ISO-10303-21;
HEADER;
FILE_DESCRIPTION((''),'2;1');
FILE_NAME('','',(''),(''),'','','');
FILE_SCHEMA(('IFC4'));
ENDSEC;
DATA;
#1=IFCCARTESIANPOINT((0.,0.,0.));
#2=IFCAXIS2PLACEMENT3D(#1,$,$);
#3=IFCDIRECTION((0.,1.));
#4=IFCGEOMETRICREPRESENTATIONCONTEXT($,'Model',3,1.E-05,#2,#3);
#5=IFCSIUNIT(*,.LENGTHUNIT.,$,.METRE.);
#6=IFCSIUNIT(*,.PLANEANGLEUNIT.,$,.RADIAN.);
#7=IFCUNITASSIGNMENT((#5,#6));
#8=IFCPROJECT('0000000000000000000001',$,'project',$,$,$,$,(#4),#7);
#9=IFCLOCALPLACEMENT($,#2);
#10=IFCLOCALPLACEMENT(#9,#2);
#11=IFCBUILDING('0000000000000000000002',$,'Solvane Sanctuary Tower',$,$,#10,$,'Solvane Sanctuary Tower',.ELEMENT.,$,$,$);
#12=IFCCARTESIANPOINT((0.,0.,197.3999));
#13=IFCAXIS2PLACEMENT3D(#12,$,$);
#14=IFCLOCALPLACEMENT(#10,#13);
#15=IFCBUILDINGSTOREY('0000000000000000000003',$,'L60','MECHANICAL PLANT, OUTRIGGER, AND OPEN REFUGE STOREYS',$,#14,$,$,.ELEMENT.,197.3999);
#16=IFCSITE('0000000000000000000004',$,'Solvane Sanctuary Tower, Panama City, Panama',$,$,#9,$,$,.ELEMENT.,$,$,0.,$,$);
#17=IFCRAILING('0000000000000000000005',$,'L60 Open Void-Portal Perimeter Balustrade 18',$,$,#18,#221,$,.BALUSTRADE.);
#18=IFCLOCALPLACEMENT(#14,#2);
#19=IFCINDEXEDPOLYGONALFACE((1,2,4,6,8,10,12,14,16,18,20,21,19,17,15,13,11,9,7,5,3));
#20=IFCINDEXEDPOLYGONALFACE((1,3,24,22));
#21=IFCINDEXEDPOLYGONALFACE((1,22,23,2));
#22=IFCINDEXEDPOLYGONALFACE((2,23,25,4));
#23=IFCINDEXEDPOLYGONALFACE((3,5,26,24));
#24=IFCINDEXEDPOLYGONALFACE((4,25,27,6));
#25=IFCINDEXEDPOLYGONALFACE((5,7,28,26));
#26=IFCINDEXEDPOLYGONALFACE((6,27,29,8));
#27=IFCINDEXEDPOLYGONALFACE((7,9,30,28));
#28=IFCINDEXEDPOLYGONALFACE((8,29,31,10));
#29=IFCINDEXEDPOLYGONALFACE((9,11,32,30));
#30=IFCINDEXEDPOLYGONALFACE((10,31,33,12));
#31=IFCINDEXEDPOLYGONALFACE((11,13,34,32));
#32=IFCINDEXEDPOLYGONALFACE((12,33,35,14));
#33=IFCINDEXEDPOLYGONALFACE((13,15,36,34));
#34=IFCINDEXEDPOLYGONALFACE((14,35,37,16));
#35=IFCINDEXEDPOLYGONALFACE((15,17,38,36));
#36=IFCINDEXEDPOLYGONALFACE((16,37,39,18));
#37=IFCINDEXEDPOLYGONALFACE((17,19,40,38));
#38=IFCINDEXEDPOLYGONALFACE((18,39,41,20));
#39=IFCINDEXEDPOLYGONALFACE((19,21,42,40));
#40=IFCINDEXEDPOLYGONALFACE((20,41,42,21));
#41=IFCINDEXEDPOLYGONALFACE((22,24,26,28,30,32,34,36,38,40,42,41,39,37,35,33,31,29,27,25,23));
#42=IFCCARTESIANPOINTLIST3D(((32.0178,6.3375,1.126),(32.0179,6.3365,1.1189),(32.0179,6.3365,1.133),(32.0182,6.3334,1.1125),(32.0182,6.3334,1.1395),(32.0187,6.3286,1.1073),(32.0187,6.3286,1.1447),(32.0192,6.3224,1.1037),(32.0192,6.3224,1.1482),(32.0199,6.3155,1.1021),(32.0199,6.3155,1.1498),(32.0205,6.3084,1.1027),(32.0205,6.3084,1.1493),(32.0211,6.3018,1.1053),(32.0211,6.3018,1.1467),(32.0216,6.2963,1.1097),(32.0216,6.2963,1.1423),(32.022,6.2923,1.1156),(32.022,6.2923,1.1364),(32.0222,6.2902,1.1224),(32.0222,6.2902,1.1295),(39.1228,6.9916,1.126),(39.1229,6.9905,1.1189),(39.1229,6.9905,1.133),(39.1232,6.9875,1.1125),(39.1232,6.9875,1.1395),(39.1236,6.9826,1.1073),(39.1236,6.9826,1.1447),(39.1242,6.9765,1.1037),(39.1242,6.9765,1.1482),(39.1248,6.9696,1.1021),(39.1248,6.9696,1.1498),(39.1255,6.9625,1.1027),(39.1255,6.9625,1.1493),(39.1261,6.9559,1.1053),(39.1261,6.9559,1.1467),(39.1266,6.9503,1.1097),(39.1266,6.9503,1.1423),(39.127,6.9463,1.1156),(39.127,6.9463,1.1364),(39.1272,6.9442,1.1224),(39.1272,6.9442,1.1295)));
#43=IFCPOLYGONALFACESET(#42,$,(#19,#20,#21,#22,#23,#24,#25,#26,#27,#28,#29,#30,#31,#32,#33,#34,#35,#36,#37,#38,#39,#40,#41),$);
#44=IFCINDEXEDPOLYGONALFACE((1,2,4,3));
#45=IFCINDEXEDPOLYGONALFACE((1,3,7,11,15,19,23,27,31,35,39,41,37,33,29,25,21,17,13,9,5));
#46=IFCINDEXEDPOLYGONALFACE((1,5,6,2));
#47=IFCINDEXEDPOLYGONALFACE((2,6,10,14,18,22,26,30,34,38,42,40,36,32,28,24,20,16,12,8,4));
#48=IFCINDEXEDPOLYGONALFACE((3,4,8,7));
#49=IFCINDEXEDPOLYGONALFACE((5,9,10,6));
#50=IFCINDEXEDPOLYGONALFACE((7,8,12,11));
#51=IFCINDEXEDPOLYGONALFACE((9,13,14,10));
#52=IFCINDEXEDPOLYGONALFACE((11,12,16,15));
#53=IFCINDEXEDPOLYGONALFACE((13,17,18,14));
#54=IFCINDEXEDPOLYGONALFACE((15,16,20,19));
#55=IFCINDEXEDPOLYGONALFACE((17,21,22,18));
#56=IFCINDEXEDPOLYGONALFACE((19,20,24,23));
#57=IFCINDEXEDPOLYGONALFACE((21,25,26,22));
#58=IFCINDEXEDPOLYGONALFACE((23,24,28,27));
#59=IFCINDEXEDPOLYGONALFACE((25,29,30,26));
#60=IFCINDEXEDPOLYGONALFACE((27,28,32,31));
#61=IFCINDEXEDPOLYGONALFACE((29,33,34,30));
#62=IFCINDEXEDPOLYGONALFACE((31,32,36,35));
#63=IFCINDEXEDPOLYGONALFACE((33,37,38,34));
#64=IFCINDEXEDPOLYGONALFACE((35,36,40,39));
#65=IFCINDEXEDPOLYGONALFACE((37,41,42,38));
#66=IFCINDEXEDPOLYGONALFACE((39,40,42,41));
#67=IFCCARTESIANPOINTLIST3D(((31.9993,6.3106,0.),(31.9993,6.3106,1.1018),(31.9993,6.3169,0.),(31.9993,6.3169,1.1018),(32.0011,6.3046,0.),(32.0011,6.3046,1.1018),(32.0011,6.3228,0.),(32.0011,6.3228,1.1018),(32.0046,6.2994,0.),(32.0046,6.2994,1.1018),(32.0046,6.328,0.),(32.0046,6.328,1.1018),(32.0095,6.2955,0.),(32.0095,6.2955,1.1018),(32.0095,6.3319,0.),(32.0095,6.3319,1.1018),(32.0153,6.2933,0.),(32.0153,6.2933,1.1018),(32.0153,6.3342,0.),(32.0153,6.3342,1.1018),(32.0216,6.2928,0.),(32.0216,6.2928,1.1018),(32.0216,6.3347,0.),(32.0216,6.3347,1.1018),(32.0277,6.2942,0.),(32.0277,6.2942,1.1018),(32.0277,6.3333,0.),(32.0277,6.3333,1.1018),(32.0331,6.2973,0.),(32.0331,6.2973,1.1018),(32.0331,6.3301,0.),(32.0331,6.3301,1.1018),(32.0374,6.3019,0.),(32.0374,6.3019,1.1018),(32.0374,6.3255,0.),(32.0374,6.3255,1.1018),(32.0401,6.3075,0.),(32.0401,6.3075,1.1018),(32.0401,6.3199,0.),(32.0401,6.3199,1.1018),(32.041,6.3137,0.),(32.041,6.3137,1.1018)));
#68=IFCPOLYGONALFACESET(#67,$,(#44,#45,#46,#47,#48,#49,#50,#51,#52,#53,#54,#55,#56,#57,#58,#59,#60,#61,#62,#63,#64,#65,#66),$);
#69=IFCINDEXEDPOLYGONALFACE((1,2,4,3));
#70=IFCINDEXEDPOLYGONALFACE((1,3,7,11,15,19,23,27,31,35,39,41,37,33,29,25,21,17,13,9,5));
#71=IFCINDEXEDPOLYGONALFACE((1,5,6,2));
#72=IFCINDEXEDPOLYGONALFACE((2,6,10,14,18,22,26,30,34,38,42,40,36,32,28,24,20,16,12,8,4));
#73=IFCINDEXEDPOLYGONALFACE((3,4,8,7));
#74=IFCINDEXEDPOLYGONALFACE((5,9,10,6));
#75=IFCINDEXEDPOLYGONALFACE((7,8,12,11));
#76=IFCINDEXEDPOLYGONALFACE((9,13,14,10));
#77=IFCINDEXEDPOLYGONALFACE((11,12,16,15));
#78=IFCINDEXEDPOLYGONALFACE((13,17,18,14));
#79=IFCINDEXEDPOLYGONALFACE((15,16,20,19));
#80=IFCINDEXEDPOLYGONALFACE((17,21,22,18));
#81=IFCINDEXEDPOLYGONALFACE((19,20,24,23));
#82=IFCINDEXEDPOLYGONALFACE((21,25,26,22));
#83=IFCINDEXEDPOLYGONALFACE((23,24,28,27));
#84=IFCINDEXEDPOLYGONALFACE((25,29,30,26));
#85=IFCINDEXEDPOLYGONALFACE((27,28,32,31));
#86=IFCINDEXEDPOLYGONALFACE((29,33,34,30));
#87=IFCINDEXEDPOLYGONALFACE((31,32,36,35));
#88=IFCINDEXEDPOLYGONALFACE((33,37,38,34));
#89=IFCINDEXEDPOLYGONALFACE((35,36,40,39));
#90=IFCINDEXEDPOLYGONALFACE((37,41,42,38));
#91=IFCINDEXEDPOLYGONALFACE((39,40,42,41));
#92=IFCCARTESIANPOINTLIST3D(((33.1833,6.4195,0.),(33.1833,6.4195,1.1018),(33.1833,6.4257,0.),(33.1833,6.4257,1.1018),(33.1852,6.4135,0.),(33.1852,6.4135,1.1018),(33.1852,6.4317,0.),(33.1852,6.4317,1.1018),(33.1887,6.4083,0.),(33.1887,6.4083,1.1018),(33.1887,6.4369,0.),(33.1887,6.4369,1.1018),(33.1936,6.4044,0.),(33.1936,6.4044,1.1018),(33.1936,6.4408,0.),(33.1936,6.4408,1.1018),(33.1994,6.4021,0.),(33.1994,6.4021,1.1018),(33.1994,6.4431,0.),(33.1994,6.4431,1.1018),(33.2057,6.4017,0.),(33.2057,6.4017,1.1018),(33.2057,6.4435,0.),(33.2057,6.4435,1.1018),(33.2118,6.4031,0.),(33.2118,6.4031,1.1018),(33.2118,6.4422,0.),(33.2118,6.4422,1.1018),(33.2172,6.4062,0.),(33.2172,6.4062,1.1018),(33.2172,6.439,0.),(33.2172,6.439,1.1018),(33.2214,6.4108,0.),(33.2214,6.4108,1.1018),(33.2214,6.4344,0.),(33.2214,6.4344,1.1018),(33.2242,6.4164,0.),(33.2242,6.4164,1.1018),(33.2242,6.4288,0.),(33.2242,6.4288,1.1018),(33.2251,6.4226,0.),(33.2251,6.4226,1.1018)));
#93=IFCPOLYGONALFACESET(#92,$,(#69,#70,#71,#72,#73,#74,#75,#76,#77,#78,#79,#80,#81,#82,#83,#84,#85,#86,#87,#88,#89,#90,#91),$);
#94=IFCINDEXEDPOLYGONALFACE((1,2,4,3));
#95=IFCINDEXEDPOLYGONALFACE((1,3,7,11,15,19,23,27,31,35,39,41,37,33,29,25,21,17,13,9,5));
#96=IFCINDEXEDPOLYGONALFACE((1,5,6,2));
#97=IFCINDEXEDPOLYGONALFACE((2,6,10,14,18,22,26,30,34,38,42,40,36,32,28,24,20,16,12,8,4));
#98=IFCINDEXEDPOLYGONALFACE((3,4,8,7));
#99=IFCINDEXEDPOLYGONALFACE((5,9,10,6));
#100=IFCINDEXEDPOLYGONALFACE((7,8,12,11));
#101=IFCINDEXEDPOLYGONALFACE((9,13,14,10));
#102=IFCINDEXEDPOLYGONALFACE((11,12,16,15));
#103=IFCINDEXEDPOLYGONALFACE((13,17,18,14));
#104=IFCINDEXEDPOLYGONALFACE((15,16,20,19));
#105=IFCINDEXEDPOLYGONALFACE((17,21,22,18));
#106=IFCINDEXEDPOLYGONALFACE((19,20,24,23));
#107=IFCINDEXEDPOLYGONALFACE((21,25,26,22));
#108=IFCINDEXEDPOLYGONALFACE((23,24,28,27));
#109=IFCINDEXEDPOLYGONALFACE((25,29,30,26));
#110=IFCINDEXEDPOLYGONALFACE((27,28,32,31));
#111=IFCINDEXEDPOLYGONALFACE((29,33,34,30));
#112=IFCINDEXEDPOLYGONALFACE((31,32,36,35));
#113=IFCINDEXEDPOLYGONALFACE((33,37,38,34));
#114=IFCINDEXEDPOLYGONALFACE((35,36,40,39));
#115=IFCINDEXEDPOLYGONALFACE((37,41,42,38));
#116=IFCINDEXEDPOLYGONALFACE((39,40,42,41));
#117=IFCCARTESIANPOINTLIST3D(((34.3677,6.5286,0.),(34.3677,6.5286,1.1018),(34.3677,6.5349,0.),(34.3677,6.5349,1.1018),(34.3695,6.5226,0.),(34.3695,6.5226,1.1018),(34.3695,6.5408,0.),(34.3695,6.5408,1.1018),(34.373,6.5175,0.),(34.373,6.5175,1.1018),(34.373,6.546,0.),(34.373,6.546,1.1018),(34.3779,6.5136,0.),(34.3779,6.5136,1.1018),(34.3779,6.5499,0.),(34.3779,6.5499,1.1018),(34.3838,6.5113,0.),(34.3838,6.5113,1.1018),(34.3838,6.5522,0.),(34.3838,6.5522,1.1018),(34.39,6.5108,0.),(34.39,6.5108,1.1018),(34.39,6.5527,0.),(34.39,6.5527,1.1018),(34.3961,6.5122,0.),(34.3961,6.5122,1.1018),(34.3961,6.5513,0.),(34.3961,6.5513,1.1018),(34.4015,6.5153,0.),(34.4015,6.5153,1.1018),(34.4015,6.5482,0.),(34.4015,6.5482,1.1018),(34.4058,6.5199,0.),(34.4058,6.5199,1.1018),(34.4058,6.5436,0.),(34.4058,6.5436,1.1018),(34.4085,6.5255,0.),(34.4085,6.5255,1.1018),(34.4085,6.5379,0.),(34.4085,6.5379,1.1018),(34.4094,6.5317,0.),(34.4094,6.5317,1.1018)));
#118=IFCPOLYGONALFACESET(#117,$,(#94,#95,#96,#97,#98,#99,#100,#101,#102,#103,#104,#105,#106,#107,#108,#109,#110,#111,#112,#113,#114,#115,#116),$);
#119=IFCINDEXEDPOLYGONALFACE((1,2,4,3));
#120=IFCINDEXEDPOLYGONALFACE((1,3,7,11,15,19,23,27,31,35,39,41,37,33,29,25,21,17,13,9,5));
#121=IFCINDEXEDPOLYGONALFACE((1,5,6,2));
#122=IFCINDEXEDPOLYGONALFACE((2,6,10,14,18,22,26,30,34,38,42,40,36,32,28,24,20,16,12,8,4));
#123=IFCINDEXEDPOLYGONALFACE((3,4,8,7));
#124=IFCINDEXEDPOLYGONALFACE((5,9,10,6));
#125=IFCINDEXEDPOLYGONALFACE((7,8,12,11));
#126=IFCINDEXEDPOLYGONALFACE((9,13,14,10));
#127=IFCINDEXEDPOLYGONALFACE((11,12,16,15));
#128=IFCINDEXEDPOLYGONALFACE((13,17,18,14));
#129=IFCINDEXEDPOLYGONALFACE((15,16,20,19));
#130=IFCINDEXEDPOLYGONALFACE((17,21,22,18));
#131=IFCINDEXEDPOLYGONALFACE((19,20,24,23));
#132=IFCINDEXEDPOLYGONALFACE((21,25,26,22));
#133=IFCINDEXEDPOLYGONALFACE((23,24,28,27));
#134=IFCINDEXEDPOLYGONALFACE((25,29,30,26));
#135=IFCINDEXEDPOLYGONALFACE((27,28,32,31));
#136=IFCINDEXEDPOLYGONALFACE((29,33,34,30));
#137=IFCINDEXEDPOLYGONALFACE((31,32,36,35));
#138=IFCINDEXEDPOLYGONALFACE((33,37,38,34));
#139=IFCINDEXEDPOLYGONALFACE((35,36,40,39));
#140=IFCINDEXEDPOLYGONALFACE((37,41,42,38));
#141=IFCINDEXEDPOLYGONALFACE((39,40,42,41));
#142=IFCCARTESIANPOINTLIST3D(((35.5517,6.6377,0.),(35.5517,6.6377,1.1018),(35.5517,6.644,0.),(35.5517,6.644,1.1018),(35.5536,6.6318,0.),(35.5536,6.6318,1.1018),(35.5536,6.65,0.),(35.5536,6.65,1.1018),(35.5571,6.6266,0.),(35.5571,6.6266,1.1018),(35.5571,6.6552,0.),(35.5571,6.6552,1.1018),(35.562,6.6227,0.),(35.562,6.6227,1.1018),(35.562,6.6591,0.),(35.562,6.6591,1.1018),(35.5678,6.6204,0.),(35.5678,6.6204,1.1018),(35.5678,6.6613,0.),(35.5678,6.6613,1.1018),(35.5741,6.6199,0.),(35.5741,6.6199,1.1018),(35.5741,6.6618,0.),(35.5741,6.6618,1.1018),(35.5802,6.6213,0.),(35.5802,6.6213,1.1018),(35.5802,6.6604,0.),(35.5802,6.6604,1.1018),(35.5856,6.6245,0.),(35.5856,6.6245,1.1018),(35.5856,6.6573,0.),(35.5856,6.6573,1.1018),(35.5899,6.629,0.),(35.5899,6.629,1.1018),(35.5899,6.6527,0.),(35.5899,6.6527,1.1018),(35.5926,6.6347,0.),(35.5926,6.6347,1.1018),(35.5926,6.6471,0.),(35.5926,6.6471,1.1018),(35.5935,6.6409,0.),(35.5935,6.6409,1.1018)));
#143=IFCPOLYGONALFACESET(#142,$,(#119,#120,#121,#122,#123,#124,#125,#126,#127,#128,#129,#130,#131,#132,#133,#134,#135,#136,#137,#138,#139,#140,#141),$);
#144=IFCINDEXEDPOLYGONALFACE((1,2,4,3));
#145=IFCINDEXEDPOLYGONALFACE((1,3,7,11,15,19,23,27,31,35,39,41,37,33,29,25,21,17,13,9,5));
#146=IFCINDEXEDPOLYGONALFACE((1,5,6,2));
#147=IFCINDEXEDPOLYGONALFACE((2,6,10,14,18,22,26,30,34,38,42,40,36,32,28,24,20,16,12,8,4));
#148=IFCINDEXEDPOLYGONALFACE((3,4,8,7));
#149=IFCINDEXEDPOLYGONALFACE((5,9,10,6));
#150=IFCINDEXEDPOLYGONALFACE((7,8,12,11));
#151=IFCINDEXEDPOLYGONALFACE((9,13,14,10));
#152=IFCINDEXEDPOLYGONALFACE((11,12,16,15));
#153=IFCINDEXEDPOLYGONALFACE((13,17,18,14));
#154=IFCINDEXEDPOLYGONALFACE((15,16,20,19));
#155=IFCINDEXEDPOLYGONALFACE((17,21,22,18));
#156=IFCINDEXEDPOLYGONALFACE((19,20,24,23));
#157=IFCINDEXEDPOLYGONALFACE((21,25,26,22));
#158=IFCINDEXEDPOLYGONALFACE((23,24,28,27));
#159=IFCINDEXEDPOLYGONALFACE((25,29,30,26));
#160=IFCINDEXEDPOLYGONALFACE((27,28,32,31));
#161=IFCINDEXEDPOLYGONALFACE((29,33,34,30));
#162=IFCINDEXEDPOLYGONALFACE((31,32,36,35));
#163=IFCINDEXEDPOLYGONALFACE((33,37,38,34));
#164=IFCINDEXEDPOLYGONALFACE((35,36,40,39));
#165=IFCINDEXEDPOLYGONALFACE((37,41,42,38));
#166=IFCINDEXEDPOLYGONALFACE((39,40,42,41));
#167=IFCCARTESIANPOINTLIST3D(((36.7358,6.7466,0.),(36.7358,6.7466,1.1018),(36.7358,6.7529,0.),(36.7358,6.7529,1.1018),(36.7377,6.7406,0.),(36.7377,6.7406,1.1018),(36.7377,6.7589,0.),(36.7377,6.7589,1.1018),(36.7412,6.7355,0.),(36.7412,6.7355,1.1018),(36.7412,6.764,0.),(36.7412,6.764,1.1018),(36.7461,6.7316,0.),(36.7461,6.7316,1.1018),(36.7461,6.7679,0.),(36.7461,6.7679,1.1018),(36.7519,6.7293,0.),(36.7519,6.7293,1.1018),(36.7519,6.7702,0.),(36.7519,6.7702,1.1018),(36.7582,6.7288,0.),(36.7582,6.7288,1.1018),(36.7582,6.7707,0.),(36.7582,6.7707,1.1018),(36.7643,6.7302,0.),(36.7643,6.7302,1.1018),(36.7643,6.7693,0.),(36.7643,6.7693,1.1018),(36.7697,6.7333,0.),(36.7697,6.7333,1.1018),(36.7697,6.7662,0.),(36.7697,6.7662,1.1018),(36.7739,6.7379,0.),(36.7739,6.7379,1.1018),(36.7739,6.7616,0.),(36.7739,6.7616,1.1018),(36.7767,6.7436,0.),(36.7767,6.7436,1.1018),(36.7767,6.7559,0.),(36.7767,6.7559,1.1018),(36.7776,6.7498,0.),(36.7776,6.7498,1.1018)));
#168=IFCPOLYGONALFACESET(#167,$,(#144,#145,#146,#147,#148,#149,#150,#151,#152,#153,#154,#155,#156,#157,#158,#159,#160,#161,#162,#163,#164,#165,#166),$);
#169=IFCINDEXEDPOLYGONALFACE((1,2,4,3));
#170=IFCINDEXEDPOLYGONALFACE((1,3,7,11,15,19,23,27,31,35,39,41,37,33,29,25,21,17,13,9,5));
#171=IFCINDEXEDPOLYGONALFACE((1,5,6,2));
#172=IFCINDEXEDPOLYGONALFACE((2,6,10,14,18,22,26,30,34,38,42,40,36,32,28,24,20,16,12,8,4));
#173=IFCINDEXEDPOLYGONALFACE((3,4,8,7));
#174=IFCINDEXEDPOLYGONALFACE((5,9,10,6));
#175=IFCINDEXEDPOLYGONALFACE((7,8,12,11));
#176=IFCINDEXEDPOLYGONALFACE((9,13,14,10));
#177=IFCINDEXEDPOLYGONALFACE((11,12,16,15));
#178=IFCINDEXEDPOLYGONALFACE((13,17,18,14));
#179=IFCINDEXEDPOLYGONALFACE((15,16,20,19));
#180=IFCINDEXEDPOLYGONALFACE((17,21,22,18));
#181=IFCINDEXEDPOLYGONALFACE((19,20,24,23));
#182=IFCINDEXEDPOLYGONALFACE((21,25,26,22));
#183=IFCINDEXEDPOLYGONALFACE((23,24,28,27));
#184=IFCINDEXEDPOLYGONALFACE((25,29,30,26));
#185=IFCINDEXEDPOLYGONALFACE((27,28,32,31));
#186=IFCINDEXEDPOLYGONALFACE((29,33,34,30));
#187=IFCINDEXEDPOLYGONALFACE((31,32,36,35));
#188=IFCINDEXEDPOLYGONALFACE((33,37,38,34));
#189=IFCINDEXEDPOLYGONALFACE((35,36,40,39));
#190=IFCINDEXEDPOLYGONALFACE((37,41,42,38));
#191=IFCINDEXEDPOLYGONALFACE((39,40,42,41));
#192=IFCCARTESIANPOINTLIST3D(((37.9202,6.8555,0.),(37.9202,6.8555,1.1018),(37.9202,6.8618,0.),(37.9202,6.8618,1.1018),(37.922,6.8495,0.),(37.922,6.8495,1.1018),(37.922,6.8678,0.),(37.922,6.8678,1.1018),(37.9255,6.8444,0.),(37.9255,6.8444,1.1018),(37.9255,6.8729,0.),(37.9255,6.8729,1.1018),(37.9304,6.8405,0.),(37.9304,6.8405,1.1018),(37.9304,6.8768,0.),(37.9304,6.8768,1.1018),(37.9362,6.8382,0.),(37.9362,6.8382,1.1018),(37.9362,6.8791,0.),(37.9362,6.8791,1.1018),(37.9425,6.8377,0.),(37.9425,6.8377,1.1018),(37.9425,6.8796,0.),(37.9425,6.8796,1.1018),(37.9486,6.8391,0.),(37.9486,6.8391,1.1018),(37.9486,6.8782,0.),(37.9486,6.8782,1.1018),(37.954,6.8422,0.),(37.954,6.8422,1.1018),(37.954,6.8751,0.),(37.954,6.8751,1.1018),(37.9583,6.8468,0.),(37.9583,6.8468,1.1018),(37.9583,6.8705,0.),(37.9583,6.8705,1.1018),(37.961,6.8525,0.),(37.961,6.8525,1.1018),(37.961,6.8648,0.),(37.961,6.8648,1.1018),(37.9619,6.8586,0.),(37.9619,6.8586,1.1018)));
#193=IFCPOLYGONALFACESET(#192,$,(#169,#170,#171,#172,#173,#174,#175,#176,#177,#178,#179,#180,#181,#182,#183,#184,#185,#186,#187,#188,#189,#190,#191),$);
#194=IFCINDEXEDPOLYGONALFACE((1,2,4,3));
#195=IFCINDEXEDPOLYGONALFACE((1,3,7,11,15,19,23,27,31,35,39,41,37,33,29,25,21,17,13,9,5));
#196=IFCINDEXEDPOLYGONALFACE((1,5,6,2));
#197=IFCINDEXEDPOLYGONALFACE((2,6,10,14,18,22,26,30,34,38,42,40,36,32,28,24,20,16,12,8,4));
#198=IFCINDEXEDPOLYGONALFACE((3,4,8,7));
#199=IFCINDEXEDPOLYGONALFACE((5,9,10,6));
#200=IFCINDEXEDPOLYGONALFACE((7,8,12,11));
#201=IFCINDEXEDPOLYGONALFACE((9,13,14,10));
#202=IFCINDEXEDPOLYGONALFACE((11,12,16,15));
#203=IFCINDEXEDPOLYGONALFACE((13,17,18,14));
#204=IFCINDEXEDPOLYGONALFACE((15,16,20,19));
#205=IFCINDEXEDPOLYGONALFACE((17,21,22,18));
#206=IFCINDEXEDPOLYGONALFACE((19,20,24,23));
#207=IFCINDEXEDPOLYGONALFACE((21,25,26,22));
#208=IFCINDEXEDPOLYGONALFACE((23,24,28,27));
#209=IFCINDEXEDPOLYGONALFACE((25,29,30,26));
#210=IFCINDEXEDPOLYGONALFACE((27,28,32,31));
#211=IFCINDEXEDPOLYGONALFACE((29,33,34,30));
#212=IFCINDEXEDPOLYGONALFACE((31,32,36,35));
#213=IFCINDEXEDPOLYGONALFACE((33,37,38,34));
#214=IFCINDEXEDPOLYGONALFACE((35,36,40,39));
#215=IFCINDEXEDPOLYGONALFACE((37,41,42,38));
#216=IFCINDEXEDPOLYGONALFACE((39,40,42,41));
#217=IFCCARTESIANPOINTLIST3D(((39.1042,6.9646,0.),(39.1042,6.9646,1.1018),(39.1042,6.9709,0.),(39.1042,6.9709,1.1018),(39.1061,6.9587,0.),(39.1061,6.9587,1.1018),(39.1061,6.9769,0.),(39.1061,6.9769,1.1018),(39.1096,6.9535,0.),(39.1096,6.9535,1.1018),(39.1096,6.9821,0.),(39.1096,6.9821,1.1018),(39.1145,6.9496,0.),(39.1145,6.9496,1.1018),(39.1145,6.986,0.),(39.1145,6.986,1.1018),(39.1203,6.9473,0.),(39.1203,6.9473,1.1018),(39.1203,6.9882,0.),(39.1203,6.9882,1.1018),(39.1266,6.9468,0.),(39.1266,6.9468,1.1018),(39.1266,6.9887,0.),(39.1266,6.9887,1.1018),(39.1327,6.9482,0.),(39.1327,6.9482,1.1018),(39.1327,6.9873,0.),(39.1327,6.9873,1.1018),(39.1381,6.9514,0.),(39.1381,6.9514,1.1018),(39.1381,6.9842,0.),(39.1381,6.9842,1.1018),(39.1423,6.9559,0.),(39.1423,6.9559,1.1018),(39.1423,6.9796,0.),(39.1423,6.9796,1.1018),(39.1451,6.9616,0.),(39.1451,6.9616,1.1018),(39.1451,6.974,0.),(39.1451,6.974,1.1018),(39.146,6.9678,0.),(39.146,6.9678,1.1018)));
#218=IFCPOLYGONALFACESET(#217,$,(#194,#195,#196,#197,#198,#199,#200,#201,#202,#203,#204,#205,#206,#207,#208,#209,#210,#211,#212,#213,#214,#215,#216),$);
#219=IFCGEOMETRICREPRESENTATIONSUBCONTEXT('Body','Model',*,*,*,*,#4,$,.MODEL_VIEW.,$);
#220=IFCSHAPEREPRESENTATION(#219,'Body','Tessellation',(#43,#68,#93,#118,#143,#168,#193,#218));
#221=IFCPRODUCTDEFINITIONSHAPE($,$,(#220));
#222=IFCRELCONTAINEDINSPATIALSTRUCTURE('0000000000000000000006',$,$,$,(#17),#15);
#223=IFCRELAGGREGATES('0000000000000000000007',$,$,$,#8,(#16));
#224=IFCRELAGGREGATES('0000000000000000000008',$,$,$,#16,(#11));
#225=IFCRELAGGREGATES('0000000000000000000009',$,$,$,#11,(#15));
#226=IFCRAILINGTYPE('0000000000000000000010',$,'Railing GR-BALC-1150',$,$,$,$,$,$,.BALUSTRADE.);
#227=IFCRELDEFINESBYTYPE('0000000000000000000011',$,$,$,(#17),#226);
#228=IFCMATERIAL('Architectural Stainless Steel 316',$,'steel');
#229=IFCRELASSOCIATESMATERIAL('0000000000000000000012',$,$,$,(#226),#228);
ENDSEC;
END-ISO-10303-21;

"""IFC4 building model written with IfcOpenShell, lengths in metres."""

from ifc_helpers import new_model, si_unit, direction, frame, origin, origin_2d, place, context, subcontext, project, spatial, circle, extrude, material, type_object, element, save


model = new_model("IFC4")

# Units and contexts
model_context = context("Model", 3, precision=1e-05, world=origin(), true_north=direction((0.0, 1.0)))
body_context = subcontext(model_context, "Body", "Model", "MODEL_VIEW")
ifc_project = project(units=[si_unit("LENGTHUNIT", "METRE"), si_unit("PLANEANGLEUNIT", "RADIAN")], contexts=[model_context])

# Site, building, storey
site_placement = place(None, origin())
site = spatial("IfcSite", under=ifc_project, at=site_placement, Name="Solvane Sanctuary Tower, Panama City, Panama", CompositionType="ELEMENT", RefElevation=0.0)
building_placement = place(site_placement, origin())
building = spatial("IfcBuilding", under=site, at=building_placement, Name="Solvane Sanctuary Tower", LongName="Solvane Sanctuary Tower", CompositionType="ELEMENT")
storey_placement = place(building_placement, frame((0.0, 0.0, 197.3999)))
storey = spatial("IfcBuildingStorey", under=building, at=storey_placement, Name="L60", Description="MECHANICAL PLANT, OUTRIGGER, AND OPEN REFUGE STOREYS", CompositionType="ELEMENT", Elevation=197.3999)

# Shared definitions
ifc_material_1 = material(Name="Architectural Stainless Steel 316", Category="steel")

# Railing
railing_type_1 = type_object("IfcRailingType", Name="Railing GR-BALC-1150", PredefinedType="BALUSTRADE", material=ifc_material_1)
railing_1_placement = place(storey_placement, frame((32.02, 6.3137, 0.0)))
element("IfcRailing", 1, at=railing_1_placement, inside=storey, type_object=railing_type_1, Name="L60 Open Void-Portal Perimeter Balustrade 18", PredefinedType="BALUSTRADE", context=body_context, shape_type="SweptSolid", body=[
    extrude(circle(Radius=0.0239, at=origin_2d()), frame((0.0, 0.0, 1.126), z_axis=(0.99579, 0.091668, 0.0), x_axis=(-0.091668, 0.99579, 0.0)), (0.0, 0.0, 1.0), 7.135),
    extrude(circle(Radius=0.021, at=origin_2d()), origin(), (0.0, 0.0, 1.0), 1.1018),
    extrude(circle(Radius=0.021, at=origin_2d()), frame((1.1841, 0.1089, 0.0)), (0.0, 0.0, 1.0), 1.1018),
    extrude(circle(Radius=0.021, at=origin_2d()), frame((2.3684, 0.218, 0.0)), (0.0, 0.0, 1.0), 1.1018),
    extrude(circle(Radius=0.021, at=origin_2d()), frame((3.5525, 0.3271, 0.0)), (0.0, 0.0, 1.0), 1.1018),
    extrude(circle(Radius=0.021, at=origin_2d()), frame((4.7366, 0.436, 0.0)), (0.0, 0.0, 1.0), 1.1018),
    extrude(circle(Radius=0.021, at=origin_2d()), frame((5.9209, 0.5449, 0.0)), (0.0, 0.0, 1.0), 1.1018),
    extrude(circle(Radius=0.021, at=origin_2d()), frame((7.105, 0.6541, 0.0)), (0.0, 0.0, 1.0), 1.1018),
])

save(model, "model.ifc")
